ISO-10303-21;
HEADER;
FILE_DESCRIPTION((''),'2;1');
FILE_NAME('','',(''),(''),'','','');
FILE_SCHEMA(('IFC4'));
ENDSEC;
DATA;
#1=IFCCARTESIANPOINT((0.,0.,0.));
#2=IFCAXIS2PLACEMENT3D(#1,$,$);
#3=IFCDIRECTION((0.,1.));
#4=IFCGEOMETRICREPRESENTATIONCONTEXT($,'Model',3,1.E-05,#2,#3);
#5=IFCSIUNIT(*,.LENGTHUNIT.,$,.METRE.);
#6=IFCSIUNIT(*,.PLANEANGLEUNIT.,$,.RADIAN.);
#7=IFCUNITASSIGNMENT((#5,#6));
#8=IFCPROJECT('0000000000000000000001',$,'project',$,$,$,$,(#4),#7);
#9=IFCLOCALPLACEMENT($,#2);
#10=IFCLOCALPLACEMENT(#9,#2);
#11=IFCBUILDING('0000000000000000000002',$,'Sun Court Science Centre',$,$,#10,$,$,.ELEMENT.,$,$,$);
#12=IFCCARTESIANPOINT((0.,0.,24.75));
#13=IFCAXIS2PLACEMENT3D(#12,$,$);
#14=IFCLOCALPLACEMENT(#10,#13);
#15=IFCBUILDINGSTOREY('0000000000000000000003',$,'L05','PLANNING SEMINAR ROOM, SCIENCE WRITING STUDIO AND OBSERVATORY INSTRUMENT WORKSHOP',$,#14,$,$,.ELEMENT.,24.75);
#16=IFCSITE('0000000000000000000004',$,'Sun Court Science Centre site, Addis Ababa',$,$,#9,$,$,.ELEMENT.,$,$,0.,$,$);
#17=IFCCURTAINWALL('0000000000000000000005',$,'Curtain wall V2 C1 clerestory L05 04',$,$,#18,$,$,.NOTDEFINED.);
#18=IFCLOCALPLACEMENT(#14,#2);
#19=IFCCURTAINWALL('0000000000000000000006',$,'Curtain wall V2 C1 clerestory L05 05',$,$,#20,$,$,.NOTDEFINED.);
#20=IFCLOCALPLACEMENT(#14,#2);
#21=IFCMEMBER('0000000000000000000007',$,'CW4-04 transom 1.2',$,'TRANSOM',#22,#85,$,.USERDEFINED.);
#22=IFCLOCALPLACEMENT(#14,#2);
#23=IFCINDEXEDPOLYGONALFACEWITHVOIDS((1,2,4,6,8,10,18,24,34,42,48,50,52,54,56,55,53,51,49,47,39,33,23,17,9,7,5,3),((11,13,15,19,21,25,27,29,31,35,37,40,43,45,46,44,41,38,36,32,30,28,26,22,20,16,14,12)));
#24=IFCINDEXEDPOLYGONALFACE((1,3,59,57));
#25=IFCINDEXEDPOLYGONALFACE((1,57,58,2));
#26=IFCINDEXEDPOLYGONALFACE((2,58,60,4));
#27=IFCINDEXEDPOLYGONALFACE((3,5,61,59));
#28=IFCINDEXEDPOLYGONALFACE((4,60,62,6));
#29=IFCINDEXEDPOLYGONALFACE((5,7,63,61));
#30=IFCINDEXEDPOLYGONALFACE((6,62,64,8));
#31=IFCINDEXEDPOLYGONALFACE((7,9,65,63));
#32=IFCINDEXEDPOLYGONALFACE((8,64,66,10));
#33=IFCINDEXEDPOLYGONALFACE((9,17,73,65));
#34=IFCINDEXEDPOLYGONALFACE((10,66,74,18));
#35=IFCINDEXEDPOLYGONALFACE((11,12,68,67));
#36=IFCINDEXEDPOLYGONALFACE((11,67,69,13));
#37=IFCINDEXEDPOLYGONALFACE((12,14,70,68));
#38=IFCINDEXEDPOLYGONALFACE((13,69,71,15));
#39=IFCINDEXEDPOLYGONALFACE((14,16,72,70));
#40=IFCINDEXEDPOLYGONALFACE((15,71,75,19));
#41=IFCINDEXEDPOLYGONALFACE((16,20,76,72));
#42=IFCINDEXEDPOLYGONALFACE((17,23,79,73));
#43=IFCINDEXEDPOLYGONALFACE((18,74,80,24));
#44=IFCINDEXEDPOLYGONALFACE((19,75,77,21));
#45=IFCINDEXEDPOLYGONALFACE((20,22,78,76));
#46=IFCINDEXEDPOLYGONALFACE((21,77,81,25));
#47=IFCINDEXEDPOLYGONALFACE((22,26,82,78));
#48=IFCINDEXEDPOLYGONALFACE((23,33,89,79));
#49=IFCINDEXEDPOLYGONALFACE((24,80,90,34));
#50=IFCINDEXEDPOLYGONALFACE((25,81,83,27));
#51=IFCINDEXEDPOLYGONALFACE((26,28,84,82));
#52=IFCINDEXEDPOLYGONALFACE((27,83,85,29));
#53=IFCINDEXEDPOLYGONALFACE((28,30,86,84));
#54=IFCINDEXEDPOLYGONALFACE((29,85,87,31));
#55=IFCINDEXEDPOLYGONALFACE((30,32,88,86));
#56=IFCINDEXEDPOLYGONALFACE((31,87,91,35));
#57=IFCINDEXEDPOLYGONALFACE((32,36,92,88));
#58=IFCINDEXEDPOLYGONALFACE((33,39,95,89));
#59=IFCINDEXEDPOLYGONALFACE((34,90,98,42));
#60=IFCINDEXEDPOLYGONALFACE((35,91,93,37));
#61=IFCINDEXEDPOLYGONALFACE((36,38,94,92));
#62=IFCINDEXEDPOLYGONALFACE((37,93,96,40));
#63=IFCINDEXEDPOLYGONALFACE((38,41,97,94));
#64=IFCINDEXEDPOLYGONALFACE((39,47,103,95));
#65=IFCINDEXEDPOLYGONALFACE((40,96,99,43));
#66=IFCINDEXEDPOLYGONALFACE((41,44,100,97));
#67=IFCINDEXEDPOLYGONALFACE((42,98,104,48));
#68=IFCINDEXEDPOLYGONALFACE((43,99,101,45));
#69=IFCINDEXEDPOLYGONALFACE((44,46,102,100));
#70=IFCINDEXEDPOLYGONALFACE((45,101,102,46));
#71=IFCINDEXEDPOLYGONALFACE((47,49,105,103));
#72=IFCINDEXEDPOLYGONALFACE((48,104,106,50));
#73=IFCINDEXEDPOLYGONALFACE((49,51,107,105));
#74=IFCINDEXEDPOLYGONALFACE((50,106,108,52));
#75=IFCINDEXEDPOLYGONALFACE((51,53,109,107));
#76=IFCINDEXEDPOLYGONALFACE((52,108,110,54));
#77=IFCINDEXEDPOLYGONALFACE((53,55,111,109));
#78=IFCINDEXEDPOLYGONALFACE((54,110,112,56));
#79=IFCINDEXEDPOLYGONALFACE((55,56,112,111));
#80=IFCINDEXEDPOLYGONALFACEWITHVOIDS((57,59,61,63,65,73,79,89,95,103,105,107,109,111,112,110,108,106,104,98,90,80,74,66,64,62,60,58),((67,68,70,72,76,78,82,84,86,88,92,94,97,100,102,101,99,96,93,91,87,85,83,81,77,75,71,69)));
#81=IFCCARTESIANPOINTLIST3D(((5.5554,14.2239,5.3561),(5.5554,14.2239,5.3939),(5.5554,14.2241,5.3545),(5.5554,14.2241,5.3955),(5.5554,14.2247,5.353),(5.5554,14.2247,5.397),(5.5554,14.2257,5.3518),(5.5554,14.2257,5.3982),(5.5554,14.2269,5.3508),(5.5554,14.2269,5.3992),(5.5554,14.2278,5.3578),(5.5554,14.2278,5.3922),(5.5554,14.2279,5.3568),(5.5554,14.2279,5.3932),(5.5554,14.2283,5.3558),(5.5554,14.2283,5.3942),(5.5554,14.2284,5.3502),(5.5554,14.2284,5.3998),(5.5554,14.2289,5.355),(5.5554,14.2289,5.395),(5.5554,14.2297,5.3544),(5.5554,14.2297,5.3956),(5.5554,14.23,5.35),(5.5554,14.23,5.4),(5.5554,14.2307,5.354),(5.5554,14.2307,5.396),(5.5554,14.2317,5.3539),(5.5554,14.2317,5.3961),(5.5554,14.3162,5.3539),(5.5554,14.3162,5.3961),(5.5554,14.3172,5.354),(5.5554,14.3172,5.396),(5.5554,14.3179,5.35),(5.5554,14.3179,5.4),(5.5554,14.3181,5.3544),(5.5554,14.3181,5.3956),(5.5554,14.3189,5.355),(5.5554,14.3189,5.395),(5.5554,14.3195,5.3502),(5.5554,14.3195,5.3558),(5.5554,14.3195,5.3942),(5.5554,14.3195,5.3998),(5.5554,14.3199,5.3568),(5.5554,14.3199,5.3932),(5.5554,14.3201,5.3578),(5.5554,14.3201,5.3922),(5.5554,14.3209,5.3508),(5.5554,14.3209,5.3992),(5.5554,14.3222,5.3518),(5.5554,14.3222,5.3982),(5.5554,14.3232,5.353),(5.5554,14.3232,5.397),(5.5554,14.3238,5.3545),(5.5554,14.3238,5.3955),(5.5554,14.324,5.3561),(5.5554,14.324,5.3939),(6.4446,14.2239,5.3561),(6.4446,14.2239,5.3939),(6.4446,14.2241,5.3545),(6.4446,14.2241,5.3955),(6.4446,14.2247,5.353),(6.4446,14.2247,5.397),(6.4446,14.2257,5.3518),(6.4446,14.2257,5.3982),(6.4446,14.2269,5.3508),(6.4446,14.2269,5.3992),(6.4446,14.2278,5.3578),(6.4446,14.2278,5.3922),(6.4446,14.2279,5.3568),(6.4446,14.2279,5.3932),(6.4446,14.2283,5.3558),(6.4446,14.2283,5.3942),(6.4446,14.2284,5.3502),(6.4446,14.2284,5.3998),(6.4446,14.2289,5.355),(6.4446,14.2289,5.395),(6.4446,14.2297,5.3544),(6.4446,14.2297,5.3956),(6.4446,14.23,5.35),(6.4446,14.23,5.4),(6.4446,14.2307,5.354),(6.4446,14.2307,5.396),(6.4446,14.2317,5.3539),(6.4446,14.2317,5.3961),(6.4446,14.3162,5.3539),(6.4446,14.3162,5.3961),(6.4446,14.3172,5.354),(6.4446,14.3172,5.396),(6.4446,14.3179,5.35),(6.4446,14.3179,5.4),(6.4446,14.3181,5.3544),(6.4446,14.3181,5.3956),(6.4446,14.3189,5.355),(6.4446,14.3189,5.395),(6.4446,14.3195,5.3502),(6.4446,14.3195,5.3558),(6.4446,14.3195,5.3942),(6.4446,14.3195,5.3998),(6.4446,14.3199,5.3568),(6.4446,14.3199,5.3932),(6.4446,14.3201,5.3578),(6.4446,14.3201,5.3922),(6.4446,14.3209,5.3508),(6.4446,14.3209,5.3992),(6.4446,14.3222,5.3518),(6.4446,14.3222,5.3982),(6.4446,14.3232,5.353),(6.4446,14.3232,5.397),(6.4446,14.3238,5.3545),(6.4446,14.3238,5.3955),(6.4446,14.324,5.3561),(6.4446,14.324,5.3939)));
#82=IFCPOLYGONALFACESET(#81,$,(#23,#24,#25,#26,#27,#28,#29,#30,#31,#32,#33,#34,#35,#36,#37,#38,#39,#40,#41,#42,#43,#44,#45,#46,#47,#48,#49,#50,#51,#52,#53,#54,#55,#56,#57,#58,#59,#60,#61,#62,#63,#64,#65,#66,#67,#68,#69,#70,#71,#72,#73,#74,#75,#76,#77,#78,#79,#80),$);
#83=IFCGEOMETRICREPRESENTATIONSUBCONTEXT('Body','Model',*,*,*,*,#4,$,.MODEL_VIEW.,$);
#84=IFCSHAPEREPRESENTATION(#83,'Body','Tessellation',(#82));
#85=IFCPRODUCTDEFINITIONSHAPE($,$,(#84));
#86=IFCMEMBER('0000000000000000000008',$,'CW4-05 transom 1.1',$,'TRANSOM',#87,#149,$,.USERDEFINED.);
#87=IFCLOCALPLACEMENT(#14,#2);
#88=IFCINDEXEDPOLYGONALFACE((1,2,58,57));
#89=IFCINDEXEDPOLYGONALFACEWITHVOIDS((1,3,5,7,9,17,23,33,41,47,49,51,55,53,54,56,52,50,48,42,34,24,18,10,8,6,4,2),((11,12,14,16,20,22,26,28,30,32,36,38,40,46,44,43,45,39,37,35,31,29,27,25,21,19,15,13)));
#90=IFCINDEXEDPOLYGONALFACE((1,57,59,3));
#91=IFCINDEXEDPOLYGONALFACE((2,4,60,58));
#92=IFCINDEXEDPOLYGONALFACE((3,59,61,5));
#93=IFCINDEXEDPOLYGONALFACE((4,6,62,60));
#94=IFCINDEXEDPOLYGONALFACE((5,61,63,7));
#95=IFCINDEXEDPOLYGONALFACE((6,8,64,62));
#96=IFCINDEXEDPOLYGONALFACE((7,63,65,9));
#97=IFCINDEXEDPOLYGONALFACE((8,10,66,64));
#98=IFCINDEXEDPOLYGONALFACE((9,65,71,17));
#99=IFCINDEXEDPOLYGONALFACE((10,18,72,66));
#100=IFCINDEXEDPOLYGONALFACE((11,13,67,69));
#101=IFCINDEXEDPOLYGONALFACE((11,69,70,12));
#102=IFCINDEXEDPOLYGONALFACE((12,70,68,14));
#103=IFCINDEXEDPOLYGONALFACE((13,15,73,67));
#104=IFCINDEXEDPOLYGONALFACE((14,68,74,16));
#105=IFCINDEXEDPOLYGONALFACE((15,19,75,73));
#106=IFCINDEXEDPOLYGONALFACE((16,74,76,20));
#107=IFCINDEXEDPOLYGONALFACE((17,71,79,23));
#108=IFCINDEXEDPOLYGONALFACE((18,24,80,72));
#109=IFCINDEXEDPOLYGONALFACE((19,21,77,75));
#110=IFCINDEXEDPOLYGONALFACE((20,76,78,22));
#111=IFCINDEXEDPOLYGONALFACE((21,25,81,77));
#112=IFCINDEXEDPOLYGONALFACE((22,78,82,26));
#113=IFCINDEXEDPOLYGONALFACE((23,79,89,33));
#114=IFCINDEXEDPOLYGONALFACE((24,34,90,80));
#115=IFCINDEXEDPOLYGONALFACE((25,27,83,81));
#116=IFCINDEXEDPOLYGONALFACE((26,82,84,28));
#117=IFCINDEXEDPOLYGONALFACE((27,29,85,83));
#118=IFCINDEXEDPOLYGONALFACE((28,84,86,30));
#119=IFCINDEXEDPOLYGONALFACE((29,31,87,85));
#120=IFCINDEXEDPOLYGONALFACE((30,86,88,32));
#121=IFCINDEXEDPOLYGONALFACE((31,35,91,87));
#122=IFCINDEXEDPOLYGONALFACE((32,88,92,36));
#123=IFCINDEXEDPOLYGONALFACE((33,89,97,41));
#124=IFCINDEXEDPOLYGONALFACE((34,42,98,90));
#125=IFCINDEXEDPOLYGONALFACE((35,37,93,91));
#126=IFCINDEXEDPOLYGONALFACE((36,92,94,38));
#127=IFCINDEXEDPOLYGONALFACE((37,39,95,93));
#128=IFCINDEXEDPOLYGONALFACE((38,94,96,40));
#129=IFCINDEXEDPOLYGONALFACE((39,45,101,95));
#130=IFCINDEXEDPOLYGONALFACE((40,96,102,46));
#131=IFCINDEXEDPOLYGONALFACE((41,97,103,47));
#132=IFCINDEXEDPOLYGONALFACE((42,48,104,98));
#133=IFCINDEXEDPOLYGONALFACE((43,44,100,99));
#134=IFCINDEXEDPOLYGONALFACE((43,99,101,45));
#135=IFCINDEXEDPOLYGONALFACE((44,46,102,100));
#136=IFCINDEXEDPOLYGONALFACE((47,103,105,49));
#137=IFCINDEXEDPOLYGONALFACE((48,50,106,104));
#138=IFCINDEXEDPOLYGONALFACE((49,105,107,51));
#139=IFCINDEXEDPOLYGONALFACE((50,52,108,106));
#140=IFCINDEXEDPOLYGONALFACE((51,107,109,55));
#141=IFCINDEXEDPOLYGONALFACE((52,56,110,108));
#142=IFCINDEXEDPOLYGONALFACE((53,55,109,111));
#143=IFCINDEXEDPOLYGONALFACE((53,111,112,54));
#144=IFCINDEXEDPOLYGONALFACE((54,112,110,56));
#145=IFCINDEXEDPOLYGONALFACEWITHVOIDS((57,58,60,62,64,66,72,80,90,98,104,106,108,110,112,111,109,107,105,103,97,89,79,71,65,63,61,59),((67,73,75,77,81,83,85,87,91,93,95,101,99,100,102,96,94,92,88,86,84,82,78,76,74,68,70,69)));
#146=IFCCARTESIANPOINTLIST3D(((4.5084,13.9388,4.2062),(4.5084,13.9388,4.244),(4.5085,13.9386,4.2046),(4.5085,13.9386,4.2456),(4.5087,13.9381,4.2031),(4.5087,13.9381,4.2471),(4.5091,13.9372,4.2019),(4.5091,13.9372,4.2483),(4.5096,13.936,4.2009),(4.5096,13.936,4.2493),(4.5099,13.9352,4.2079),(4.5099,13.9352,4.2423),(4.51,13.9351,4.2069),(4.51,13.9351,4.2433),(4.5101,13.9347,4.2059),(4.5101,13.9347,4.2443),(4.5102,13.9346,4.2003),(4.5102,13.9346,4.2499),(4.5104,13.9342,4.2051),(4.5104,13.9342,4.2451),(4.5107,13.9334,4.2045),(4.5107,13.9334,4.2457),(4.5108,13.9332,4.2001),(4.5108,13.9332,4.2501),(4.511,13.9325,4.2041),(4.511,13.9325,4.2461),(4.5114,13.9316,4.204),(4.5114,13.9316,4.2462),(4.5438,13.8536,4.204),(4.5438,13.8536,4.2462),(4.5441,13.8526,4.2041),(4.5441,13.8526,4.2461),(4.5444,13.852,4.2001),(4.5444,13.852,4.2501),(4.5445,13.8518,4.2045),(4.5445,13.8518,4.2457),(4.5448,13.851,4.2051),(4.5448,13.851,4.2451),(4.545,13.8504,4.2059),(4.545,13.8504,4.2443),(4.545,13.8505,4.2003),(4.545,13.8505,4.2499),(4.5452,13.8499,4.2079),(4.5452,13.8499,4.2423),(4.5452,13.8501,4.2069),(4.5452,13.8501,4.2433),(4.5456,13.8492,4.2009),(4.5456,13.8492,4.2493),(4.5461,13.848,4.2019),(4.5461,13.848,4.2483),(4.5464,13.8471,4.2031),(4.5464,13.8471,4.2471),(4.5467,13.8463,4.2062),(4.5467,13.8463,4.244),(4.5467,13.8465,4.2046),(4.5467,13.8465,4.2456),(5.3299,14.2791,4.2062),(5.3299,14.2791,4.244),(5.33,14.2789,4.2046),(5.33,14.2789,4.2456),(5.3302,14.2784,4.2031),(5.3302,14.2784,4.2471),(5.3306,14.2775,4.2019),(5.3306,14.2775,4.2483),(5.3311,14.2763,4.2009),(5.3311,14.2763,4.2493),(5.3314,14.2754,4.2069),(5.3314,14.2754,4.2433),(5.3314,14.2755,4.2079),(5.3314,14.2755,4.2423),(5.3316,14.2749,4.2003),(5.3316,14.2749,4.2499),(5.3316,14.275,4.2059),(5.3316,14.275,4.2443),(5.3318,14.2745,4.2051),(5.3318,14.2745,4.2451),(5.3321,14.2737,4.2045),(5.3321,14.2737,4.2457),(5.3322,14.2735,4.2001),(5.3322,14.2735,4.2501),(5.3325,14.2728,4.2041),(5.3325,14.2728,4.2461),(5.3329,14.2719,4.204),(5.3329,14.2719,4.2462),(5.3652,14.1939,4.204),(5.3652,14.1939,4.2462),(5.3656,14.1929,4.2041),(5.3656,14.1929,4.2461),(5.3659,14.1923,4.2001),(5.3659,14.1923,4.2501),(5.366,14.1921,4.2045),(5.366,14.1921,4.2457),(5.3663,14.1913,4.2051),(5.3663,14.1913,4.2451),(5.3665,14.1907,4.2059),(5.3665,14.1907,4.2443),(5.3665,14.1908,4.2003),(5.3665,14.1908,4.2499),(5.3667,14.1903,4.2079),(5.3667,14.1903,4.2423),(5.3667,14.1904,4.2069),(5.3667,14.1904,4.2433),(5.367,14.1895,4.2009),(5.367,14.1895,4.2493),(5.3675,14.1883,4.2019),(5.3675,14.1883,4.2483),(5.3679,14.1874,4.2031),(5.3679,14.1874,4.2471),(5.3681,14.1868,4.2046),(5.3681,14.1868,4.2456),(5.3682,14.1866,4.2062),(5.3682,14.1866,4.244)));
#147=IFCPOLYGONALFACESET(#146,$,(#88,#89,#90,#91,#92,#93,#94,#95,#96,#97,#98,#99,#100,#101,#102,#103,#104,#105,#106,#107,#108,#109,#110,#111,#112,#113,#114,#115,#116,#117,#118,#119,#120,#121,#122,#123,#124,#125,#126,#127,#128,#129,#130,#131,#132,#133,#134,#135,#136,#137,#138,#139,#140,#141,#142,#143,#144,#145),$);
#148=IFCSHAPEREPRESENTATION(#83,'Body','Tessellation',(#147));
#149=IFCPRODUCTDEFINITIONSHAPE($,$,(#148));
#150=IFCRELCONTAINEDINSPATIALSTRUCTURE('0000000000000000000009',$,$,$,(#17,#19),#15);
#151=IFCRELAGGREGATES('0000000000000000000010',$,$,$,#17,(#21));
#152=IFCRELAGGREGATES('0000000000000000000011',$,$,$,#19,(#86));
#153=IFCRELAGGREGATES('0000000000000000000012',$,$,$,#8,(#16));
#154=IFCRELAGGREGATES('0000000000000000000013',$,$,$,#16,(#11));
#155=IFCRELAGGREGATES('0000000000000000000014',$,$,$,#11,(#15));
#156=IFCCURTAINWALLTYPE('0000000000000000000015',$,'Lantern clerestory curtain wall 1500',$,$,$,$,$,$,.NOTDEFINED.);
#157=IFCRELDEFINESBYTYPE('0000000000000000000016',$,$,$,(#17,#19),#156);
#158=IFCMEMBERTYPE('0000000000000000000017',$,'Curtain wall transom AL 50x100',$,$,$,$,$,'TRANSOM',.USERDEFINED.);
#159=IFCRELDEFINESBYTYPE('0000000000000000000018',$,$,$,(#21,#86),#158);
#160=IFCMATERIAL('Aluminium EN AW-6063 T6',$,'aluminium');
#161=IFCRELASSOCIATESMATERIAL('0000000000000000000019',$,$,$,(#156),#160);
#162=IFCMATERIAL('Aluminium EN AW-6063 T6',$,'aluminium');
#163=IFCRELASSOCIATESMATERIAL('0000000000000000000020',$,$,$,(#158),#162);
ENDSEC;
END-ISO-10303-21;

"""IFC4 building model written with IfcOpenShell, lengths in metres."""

from ifc_helpers import new_model, si_unit, direction, frame, origin, origin_2d, place, context, subcontext, project, spatial, hollow_rectangle, extrude, material, material_profile, profile_set, type_object, element, aggregate, save


model = new_model("IFC4")

# Units and contexts
model_context = context("Model", 3, precision=1e-05, world=origin(), true_north=direction((0.0, 1.0)))
body_context = subcontext(model_context, "Body", "Model", "MODEL_VIEW")
ifc_project = project(units=[si_unit("LENGTHUNIT", "METRE"), si_unit("PLANEANGLEUNIT", "RADIAN")], contexts=[model_context])

# Site, building, storey
site_placement = place(None, origin())
site = spatial("IfcSite", under=ifc_project, at=site_placement, Name="Sun Court Science Centre site, Addis Ababa", CompositionType="ELEMENT", RefElevation=0.0)
building_placement = place(site_placement, origin())
building = spatial("IfcBuilding", under=site, at=building_placement, Name="Sun Court Science Centre", CompositionType="ELEMENT")
storey_placement = place(building_placement, frame((0.0, 0.0, 24.75)))
storey = spatial("IfcBuildingStorey", under=building, at=storey_placement, Name="L05", Description="PLANNING SEMINAR ROOM, SCIENCE WRITING STUDIO AND OBSERVATORY INSTRUMENT WORKSHOP", CompositionType="ELEMENT", Elevation=24.75)

# Shared definitions
ifc_material_1 = material(Name="Aluminium EN AW-6063 T6", Category="aluminium")
curtain_wall_type = type_object("IfcCurtainWallType", Name="Lantern clerestory curtain wall 1500", PredefinedType="NOTDEFINED", material=ifc_material_1)

# Curtain walls
curtain_wall_1_placement = place(storey_placement, origin())
curtain_wall_1 = element("IfcCurtainWall", 1, at=curtain_wall_1_placement, inside=storey, type_object=curtain_wall_type, Name="Curtain wall V2 C1 clerestory L05 04", PredefinedType="NOTDEFINED")
curtain_wall_2_placement = place(storey_placement, origin())
curtain_wall_2 = element("IfcCurtainWall", 2, at=curtain_wall_2_placement, inside=storey, type_object=curtain_wall_type, Name="Curtain wall V2 C1 clerestory L05 05", PredefinedType="NOTDEFINED")

# Members
ifc_material_2 = material(Name="Aluminium EN AW-6063 T6", Category="aluminium")
ifc_material_profile_1 = material_profile(ifc_material_2, hollow_rectangle(XDim=0.05, YDim=0.1001, WallThickness=0.0039, InnerFilletRadius=0.0039, OuterFilletRadius=0.0061, at=origin_2d()), Name="AL 50x100x4")
ifc_profile_set_1 = profile_set([ifc_material_profile_1], Name="Aluminium EN AW-6063 T6")
member_type_1 = type_object("IfcMemberType", Name="Curtain wall transom AL 50x100", ElementType="TRANSOM", PredefinedType="USERDEFINED", material=ifc_profile_set_1)
member_1_placement = place(storey_placement, frame((5.5554, 14.2739, 5.375), z_axis=(1.0, 0.0, 0.0), x_axis=(0.0, 0.0, 1.0)))
member_1 = element("IfcMember", 3, at=member_1_placement, type_object=member_type_1, Name="CW4-04 transom 1.2", ObjectType="TRANSOM", PredefinedType="USERDEFINED", context=body_context, shape_type="SweptSolid", body=[
    extrude(hollow_rectangle(XDim=0.05, YDim=0.1001, WallThickness=0.0039, InnerFilletRadius=0.0039, OuterFilletRadius=0.0061, at=origin_2d()), origin(), (0.0, 0.0, 1.0), 0.8892),
])
member_2_placement = place(storey_placement, frame((4.5276, 13.8926, 4.2251), z_axis=(0.923863, 0.382724, 0.0), x_axis=(0.0, 0.0, 1.0)))
member_2 = element("IfcMember", 4, at=member_2_placement, type_object=member_type_1, Name="CW4-05 transom 1.1", ObjectType="TRANSOM", PredefinedType="USERDEFINED", context=body_context, shape_type="SweptSolid", body=[
    extrude(hollow_rectangle(XDim=0.05, YDim=0.1001, WallThickness=0.0039, InnerFilletRadius=0.0039, OuterFilletRadius=0.0061, at=origin_2d()), origin(), (0.0, 0.0, 1.0), 0.8892),
])

aggregate(curtain_wall_1, [member_1])
aggregate(curtain_wall_2, [member_2])

save(model, "model.ifc")
